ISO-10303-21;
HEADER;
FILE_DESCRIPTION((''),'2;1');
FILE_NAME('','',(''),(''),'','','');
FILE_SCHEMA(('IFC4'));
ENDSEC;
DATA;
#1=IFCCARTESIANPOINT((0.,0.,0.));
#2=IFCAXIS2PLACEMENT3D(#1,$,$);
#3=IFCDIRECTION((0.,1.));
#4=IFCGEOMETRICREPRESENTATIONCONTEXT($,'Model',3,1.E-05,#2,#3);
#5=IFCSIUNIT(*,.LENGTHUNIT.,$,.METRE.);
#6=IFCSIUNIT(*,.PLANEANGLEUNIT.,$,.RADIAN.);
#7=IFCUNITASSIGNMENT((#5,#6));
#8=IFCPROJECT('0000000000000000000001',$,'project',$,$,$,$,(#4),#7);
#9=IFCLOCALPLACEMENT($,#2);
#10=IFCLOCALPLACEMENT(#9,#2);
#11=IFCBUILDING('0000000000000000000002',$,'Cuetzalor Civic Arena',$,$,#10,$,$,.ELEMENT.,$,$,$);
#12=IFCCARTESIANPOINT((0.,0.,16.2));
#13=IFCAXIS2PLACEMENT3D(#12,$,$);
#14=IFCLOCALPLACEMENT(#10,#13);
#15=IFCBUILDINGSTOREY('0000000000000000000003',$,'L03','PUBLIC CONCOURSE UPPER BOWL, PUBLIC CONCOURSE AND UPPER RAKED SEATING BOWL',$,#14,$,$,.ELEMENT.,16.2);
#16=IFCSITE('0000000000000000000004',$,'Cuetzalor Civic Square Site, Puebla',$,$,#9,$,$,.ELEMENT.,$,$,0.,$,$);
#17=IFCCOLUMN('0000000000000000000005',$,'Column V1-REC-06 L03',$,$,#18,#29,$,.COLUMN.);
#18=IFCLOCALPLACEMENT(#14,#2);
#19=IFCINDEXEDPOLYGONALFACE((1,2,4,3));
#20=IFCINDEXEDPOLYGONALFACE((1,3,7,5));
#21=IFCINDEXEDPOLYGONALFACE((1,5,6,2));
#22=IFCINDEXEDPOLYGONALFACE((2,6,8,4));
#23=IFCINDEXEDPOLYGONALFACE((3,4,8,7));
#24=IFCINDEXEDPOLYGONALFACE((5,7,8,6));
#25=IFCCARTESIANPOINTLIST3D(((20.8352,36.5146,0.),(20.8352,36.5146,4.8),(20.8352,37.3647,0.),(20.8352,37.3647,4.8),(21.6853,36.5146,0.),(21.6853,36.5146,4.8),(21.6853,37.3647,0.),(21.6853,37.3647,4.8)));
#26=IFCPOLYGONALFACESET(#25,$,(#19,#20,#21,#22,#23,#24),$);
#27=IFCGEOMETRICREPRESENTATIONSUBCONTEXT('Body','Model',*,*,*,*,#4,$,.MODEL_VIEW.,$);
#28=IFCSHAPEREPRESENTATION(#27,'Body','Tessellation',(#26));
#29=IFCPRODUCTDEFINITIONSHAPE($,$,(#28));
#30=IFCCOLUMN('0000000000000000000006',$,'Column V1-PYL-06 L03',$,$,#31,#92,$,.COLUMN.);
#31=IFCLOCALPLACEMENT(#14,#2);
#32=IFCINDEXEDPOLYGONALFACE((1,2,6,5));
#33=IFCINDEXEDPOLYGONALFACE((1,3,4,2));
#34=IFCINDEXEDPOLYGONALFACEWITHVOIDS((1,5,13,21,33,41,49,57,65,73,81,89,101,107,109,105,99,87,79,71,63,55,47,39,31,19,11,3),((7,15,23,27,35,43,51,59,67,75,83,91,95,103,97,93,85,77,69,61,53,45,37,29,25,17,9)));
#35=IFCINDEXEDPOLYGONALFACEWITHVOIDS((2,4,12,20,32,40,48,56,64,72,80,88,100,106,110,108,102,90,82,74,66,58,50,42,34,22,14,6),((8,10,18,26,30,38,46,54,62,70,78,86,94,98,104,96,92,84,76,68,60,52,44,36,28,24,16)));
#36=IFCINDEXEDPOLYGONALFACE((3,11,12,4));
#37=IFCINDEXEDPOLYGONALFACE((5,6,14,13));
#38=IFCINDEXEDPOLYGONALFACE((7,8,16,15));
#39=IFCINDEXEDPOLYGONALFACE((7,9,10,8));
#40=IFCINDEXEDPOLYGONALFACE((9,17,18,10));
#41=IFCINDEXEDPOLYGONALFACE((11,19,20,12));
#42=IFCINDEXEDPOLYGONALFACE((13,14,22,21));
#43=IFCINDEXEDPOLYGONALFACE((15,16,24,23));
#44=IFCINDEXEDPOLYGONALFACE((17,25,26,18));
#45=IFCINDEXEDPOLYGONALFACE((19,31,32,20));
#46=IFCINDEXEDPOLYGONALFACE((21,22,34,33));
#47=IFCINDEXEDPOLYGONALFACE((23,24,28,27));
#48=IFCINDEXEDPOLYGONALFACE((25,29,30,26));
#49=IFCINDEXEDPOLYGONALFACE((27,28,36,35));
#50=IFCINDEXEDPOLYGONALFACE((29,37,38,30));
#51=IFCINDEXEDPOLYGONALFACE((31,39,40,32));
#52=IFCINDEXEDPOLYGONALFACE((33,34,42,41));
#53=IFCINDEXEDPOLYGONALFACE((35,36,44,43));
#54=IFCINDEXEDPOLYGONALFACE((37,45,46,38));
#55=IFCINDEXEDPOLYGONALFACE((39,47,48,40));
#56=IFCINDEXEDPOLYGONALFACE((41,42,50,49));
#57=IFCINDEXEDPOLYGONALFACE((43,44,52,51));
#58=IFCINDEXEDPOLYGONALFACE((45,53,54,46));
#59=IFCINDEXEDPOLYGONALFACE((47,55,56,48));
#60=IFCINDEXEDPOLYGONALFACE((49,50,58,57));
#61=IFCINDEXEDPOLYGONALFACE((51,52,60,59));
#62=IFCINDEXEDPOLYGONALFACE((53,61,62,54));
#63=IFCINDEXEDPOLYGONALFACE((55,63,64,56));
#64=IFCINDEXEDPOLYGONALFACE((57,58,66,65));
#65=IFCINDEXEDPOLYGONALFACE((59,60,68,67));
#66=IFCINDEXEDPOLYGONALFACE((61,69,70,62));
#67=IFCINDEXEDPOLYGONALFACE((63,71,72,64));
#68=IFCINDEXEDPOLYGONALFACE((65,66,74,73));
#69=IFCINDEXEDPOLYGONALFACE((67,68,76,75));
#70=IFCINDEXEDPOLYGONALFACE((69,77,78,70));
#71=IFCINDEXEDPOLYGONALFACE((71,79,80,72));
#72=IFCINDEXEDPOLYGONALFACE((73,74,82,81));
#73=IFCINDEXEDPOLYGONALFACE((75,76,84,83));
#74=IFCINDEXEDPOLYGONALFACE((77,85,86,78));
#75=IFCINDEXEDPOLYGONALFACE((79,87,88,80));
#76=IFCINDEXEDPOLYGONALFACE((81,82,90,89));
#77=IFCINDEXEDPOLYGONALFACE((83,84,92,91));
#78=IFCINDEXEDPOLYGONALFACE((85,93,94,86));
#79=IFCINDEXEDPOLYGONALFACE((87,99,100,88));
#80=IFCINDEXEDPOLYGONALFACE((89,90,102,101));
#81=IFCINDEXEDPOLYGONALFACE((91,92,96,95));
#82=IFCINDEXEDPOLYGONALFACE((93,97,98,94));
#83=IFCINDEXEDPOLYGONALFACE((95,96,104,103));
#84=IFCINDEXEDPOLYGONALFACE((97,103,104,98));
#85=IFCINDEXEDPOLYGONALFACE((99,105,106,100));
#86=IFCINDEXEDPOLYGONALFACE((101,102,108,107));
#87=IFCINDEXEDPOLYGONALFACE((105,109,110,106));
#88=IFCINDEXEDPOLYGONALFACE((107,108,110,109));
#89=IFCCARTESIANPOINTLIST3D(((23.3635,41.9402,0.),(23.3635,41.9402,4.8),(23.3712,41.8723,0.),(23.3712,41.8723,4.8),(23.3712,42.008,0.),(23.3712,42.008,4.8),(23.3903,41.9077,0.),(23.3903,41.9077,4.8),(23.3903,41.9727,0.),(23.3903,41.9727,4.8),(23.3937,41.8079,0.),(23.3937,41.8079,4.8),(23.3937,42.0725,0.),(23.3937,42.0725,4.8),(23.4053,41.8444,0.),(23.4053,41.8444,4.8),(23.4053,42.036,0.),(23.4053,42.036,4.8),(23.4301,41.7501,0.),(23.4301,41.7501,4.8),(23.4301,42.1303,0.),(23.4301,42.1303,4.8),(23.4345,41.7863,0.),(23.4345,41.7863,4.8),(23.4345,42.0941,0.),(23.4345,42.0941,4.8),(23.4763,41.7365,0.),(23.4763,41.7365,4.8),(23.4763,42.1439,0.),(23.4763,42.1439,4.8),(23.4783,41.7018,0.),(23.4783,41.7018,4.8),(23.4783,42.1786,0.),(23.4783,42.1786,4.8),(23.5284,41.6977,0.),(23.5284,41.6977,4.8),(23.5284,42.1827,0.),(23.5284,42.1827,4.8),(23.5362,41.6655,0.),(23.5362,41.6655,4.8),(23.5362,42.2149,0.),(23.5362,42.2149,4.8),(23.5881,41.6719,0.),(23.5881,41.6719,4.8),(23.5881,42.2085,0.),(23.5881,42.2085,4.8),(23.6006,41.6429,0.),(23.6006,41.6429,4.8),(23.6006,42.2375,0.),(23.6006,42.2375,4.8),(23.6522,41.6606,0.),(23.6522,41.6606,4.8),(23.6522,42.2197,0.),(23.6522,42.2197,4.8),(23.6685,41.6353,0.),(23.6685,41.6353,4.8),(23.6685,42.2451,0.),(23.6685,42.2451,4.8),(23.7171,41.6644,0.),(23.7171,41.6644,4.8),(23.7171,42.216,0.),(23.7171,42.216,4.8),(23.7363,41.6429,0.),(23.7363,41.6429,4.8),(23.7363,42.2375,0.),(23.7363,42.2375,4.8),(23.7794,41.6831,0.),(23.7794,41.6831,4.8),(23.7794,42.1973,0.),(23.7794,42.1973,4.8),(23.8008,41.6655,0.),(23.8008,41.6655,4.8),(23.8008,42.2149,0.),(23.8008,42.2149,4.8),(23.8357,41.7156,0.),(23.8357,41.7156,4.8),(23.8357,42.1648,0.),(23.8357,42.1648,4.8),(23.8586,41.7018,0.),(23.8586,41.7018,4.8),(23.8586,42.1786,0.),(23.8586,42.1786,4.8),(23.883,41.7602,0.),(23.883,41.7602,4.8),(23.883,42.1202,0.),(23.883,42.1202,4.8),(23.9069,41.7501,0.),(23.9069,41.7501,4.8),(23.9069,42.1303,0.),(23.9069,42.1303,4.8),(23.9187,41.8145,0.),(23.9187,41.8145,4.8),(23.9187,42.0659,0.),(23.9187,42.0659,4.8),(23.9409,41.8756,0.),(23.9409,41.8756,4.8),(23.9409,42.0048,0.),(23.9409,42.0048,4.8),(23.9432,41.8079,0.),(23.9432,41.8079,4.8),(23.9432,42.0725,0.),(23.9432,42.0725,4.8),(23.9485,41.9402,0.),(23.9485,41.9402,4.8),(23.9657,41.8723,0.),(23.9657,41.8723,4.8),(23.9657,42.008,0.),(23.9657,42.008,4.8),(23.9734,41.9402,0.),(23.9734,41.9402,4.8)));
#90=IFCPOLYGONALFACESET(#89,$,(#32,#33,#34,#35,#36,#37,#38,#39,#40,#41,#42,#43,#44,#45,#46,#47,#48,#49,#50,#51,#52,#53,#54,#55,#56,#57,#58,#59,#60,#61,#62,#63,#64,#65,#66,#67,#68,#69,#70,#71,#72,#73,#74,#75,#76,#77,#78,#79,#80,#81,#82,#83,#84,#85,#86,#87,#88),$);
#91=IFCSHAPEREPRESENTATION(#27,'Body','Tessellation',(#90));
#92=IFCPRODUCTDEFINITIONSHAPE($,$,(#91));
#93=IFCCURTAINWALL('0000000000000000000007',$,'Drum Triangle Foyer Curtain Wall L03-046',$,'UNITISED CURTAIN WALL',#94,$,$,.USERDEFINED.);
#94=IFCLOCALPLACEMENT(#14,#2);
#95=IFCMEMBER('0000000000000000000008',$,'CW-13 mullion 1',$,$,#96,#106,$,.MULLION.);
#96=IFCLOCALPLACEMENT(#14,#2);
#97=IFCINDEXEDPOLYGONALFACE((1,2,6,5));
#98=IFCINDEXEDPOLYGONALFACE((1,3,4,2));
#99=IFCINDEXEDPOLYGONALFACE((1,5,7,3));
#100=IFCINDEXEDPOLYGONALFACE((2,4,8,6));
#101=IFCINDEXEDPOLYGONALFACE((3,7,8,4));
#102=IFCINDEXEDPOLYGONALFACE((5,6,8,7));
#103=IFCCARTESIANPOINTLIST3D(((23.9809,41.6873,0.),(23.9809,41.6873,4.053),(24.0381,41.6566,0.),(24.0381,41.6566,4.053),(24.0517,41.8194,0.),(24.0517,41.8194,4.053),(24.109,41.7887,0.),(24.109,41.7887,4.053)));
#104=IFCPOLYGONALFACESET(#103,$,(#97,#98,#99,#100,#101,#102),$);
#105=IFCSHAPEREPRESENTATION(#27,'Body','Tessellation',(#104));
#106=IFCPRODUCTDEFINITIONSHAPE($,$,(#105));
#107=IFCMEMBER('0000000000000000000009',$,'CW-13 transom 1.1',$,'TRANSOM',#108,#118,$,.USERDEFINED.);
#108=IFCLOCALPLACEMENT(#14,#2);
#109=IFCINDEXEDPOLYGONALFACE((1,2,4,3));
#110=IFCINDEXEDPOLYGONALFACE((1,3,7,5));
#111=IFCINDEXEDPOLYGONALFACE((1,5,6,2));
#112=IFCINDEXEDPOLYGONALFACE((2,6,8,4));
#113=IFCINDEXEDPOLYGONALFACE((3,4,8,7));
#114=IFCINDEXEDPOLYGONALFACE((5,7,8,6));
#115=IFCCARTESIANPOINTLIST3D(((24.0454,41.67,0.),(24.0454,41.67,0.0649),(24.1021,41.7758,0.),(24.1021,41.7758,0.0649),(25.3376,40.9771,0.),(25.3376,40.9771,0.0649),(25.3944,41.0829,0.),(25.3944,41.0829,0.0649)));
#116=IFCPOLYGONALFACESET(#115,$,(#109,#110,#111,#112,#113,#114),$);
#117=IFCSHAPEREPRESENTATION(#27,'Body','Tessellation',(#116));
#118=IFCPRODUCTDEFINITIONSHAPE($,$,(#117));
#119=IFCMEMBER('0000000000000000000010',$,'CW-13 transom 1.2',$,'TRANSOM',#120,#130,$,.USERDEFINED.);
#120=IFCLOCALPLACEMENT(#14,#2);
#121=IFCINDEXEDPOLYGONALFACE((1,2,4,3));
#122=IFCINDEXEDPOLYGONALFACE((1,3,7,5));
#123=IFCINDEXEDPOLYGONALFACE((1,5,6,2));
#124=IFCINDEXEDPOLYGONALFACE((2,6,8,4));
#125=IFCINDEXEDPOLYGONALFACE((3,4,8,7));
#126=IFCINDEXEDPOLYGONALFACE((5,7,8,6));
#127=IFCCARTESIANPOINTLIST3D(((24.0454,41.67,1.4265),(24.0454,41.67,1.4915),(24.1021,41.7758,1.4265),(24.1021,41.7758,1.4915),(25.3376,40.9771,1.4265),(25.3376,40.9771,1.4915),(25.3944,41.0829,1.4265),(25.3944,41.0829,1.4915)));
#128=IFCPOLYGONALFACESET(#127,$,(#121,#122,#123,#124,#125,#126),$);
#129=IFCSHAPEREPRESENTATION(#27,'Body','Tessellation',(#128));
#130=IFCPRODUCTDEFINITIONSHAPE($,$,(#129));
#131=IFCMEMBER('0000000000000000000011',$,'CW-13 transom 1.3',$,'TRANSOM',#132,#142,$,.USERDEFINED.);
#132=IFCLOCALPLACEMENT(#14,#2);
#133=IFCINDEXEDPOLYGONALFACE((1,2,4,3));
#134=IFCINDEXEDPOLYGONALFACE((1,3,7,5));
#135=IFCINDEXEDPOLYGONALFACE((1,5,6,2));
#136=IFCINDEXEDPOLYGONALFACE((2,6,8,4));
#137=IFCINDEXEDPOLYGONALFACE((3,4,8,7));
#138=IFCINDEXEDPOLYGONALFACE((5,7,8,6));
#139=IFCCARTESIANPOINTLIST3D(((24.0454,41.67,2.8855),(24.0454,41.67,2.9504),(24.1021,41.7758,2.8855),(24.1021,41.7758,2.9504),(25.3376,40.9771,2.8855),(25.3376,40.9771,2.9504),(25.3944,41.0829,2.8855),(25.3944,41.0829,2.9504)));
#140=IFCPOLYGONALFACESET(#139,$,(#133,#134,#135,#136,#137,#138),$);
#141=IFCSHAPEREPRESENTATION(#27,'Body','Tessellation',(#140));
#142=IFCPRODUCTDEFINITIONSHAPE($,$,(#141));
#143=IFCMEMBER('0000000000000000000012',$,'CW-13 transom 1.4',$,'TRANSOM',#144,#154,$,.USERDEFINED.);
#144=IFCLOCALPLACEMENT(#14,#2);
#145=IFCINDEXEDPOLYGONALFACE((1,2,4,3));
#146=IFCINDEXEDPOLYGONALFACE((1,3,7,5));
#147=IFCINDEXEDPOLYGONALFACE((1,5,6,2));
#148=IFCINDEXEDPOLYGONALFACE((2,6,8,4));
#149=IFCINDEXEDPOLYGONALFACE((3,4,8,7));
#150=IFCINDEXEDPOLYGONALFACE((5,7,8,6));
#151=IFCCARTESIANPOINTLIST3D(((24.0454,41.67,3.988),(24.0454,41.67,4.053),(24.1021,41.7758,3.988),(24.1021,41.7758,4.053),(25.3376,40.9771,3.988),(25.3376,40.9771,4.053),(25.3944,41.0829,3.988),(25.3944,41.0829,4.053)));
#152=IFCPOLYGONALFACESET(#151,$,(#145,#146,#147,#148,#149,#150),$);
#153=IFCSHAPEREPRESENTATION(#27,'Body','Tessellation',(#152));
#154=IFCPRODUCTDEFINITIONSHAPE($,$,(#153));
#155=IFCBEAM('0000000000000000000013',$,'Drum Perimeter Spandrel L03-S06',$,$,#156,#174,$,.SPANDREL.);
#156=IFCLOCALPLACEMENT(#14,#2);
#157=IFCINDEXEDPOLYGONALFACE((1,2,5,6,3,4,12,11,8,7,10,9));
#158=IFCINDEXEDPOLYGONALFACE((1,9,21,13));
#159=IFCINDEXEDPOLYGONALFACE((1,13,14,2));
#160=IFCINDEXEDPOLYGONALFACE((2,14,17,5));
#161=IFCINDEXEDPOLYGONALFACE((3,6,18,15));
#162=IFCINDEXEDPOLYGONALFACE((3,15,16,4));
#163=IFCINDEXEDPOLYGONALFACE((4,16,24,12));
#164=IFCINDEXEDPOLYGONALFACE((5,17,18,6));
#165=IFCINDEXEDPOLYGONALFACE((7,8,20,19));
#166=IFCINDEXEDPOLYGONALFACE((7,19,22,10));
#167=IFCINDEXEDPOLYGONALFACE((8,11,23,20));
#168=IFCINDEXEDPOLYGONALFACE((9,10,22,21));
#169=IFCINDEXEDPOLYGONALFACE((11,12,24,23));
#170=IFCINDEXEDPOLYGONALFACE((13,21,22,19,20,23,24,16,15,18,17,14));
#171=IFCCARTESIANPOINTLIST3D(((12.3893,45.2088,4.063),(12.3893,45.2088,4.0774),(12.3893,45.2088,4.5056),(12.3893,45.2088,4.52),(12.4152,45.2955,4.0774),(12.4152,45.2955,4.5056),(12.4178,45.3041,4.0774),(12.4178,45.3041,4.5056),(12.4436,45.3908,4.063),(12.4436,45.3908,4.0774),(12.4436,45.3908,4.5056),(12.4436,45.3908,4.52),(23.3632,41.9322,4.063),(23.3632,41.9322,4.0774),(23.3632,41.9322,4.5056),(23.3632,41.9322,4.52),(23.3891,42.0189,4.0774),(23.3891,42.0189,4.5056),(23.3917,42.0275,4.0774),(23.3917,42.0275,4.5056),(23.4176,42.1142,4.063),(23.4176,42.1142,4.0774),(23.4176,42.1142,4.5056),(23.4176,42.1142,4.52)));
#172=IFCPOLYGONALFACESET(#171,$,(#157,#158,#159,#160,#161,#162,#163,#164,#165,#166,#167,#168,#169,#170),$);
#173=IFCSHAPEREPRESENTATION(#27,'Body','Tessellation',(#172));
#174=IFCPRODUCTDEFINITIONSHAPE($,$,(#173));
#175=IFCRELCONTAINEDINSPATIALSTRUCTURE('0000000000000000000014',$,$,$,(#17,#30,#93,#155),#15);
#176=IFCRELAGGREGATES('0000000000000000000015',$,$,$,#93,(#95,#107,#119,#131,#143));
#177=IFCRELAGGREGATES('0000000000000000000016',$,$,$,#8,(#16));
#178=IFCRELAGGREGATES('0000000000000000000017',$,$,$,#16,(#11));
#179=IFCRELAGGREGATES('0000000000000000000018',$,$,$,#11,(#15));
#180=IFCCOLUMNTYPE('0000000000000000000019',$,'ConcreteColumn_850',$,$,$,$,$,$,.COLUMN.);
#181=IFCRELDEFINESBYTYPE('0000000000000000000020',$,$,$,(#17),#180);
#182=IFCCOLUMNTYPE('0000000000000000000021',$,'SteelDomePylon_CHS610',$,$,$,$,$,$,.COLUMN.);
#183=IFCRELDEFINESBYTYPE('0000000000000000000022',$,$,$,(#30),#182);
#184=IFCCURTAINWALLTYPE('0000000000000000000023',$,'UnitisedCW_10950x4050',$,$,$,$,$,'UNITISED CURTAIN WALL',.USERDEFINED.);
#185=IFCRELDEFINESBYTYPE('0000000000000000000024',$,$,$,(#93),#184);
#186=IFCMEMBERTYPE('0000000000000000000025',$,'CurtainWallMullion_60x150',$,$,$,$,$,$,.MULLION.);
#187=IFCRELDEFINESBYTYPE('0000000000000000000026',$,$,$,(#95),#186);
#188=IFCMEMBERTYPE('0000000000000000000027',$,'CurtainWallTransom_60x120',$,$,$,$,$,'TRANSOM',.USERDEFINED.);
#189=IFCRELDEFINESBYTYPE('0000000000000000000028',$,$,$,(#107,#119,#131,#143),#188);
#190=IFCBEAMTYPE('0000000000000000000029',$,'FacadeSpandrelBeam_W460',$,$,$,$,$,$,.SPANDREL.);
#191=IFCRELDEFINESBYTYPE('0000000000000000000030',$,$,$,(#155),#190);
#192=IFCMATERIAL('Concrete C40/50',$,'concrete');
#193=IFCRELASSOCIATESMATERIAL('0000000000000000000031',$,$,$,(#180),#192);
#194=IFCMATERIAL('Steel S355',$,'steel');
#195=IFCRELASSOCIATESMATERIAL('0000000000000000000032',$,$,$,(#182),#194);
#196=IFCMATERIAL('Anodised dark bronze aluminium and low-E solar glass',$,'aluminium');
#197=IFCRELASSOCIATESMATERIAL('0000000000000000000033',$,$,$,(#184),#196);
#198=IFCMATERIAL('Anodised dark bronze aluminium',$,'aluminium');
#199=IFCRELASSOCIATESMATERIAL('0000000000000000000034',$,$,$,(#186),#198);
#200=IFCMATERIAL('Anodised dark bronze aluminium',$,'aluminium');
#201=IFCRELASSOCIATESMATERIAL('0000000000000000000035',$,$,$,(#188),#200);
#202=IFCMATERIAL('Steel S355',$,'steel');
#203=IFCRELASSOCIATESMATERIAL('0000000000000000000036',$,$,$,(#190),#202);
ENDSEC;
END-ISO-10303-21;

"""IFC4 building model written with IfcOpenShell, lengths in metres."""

from ifc_helpers import new_model, si_unit, direction, frame, origin, origin_2d, place, context, subcontext, project, spatial, rectangle, hollow_circle, i_section, extrude, material, material_profile, profile_set, type_object, element, aggregate, save


model = new_model("IFC4")

# Units and contexts
model_context = context("Model", 3, precision=1e-05, world=origin(), true_north=direction((0.0, 1.0)))
body_context = subcontext(model_context, "Body", "Model", "MODEL_VIEW")
ifc_project = project(units=[si_unit("LENGTHUNIT", "METRE"), si_unit("PLANEANGLEUNIT", "RADIAN")], contexts=[model_context])

# Site, building, storey
site_placement = place(None, origin())
site = spatial("IfcSite", under=ifc_project, at=site_placement, Name="Cuetzalor Civic Square Site, Puebla", CompositionType="ELEMENT", RefElevation=0.0)
building_placement = place(site_placement, origin())
building = spatial("IfcBuilding", under=site, at=building_placement, Name="Cuetzalor Civic Arena", CompositionType="ELEMENT")
storey_placement = place(building_placement, frame((0.0, 0.0, 16.2)))
storey = spatial("IfcBuildingStorey", under=building, at=storey_placement, Name="L03", Description="PUBLIC CONCOURSE UPPER BOWL, PUBLIC CONCOURSE AND UPPER RAKED SEATING BOWL", CompositionType="ELEMENT", Elevation=16.2)

# Columns
ifc_material_1 = material(Name="Concrete C40/50", Category="concrete")
ifc_material_profile_1 = material_profile(ifc_material_1, rectangle(XDim=0.8501, YDim=0.8501, at=origin_2d()), Name="RC 850x850")
ifc_profile_set_1 = profile_set([ifc_material_profile_1], Name="Concrete C40/50")
column_type_1 = type_object("IfcColumnType", Name="ConcreteColumn_850", PredefinedType="COLUMN", material=ifc_profile_set_1)
column_1_placement = place(storey_placement, frame((21.2603, 36.9397, 0.0), z_axis=(0.0, 0.0, 1.0), x_axis=(1.0, 0.0, 0.0)))
element("IfcColumn", 1, at=column_1_placement, inside=storey, type_object=column_type_1, Name="Column V1-REC-06 L03", PredefinedType="COLUMN", context=body_context, shape_type="SweptSolid", body=[
    extrude(rectangle(XDim=0.8501, YDim=0.8501, at=origin_2d()), origin(), (0.0, 0.0, 1.0), 4.8),
])
ifc_material_2 = material(Name="Steel S355", Category="steel")
ifc_material_profile_2 = material_profile(ifc_material_2, hollow_circle(Radius=0.3049, WallThickness=0.0249, at=origin_2d()), Name="CHS 610x25")
ifc_profile_set_2 = profile_set([ifc_material_profile_2], Name="Steel S355")
column_type_2 = type_object("IfcColumnType", Name="SteelDomePylon_CHS610", PredefinedType="COLUMN", material=ifc_profile_set_2)
column_2_placement = place(storey_placement, frame((23.6685, 41.9402, 0.0), z_axis=(0.0, 0.0, 1.0), x_axis=(1.0, 0.0, 0.0)))
element("IfcColumn", 2, at=column_2_placement, inside=storey, type_object=column_type_2, Name="Column V1-PYL-06 L03", PredefinedType="COLUMN", context=body_context, shape_type="SweptSolid", body=[
    extrude(hollow_circle(Radius=0.3049, WallThickness=0.0249, at=origin_2d()), origin(), (0.0, 0.0, 1.0), 4.8),
])

# Curtain wall, members
ifc_material_3 = material(Name="Anodised dark bronze aluminium and low-E solar glass", Category="aluminium")
curtain_wall_type = type_object("IfcCurtainWallType", Name="UnitisedCW_10950x4050", ElementType="UNITISED CURTAIN WALL", PredefinedType="USERDEFINED", material=ifc_material_3)
curtain_wall_placement = place(storey_placement, origin())
curtain_wall = element("IfcCurtainWall", 3, at=curtain_wall_placement, inside=storey, type_object=curtain_wall_type, Name="Drum Triangle Foyer Curtain Wall L03-046", ObjectType="UNITISED CURTAIN WALL", PredefinedType="USERDEFINED")
ifc_material_4 = material(Name="Anodised dark bronze aluminium", Category="aluminium")
ifc_material_profile_3 = material_profile(ifc_material_4, rectangle(XDim=0.0649, YDim=0.1499, at=origin_2d()), Name="ALU MULLION 65x150")
ifc_profile_set_3 = profile_set([ifc_material_profile_3], Name="Anodised dark bronze aluminium")
member_type_1 = type_object("IfcMemberType", Name="CurtainWallMullion_60x150", PredefinedType="MULLION", material=ifc_profile_set_3)
member_1_placement = place(storey_placement, frame((24.0449, 41.738, 0.0), z_axis=(0.0, 0.0, 1.0), x_axis=(0.881306, -0.472545, 0.0)))
member_1 = element("IfcMember", 4, at=member_1_placement, type_object=member_type_1, Name="CW-13 mullion 1", PredefinedType="MULLION", context=body_context, shape_type="SweptSolid", body=[
    extrude(rectangle(XDim=0.0649, YDim=0.1499, at=origin_2d()), origin(), (0.0, 0.0, 1.0), 4.053),
])
ifc_material_5 = material(Name="Anodised dark bronze aluminium", Category="aluminium")
ifc_material_profile_4 = material_profile(ifc_material_5, rectangle(XDim=0.1201, YDim=0.0649, at=origin_2d()), Name="ALU TRANSOM 65x120")
ifc_profile_set_4 = profile_set([ifc_material_profile_4], Name="Anodised dark bronze aluminium")
member_type_2 = type_object("IfcMemberType", Name="CurtainWallTransom_60x120", ElementType="TRANSOM", PredefinedType="USERDEFINED", material=ifc_profile_set_4)
member_2_placement = place(storey_placement, frame((24.0737, 41.7229, 0.0325), z_axis=(0.881309, -0.47254, 0.0), x_axis=(0.47254, 0.881309, 0.0)))
member_2 = element("IfcMember", 5, at=member_2_placement, type_object=member_type_2, Name="CW-13 transom 1.1", ObjectType="TRANSOM", PredefinedType="USERDEFINED", context=body_context, shape_type="SweptSolid", body=[
    extrude(rectangle(XDim=0.1201, YDim=0.0649, at=origin_2d()), origin(), (0.0, 0.0, 1.0), 1.4663),
])
member_3_placement = place(storey_placement, frame((24.0737, 41.7229, 1.459), z_axis=(0.881309, -0.47254, 0.0), x_axis=(0.47254, 0.881309, 0.0)))
member_3 = element("IfcMember", 6, at=member_3_placement, type_object=member_type_2, Name="CW-13 transom 1.2", ObjectType="TRANSOM", PredefinedType="USERDEFINED", context=body_context, shape_type="SweptSolid", body=[
    extrude(rectangle(XDim=0.1201, YDim=0.0649, at=origin_2d()), origin(), (0.0, 0.0, 1.0), 1.4663),
])
member_4_placement = place(storey_placement, frame((24.0737, 41.7229, 2.918), z_axis=(0.881309, -0.47254, 0.0), x_axis=(0.47254, 0.881309, 0.0)))
member_4 = element("IfcMember", 7, at=member_4_placement, type_object=member_type_2, Name="CW-13 transom 1.3", ObjectType="TRANSOM", PredefinedType="USERDEFINED", context=body_context, shape_type="SweptSolid", body=[
    extrude(rectangle(XDim=0.1201, YDim=0.0649, at=origin_2d()), origin(), (0.0, 0.0, 1.0), 1.4663),
])
member_5_placement = place(storey_placement, frame((24.0737, 41.7229, 4.0205), z_axis=(0.881309, -0.47254, 0.0), x_axis=(0.47254, 0.881309, 0.0)))
member_5 = element("IfcMember", 8, at=member_5_placement, type_object=member_type_2, Name="CW-13 transom 1.4", ObjectType="TRANSOM", PredefinedType="USERDEFINED", context=body_context, shape_type="SweptSolid", body=[
    extrude(rectangle(XDim=0.1201, YDim=0.0649, at=origin_2d()), origin(), (0.0, 0.0, 1.0), 1.4663),
])
aggregate(curtain_wall, [member_1, member_2, member_3, member_4, member_5])

# Beam
ifc_material_6 = material(Name="Steel S355", Category="steel")
ifc_material_profile_5 = material_profile(ifc_material_6, i_section(OverallWidth=0.1899, OverallDepth=0.457, WebThickness=0.009, FlangeThickness=0.0144, at=origin_2d()), Name="W460x74")
ifc_profile_set_5 = profile_set([ifc_material_profile_5], Name="Steel S355")
beam_type_1 = type_object("IfcBeamType", Name="FacadeSpandrelBeam_W460", PredefinedType="SPANDREL", material=ifc_profile_set_5)
beam_1_placement = place(storey_placement, frame((23.3904, 42.0232, 4.2915), z_axis=(-0.958199, 0.286102, 0.0), x_axis=(-0.286102, -0.958199, 0.0)))
element("IfcBeam", 9, at=beam_1_placement, inside=storey, type_object=beam_type_1, Name="Drum Perimeter Spandrel L03-S06", PredefinedType="SPANDREL", context=body_context, shape_type="SweptSolid", body=[
    extrude(i_section(OverallWidth=0.1899, OverallDepth=0.457, WebThickness=0.009, FlangeThickness=0.0144, at=origin_2d()), origin(), (0.0, 0.0, 1.0), 11.4526),
])

save(model, "model.ifc")
